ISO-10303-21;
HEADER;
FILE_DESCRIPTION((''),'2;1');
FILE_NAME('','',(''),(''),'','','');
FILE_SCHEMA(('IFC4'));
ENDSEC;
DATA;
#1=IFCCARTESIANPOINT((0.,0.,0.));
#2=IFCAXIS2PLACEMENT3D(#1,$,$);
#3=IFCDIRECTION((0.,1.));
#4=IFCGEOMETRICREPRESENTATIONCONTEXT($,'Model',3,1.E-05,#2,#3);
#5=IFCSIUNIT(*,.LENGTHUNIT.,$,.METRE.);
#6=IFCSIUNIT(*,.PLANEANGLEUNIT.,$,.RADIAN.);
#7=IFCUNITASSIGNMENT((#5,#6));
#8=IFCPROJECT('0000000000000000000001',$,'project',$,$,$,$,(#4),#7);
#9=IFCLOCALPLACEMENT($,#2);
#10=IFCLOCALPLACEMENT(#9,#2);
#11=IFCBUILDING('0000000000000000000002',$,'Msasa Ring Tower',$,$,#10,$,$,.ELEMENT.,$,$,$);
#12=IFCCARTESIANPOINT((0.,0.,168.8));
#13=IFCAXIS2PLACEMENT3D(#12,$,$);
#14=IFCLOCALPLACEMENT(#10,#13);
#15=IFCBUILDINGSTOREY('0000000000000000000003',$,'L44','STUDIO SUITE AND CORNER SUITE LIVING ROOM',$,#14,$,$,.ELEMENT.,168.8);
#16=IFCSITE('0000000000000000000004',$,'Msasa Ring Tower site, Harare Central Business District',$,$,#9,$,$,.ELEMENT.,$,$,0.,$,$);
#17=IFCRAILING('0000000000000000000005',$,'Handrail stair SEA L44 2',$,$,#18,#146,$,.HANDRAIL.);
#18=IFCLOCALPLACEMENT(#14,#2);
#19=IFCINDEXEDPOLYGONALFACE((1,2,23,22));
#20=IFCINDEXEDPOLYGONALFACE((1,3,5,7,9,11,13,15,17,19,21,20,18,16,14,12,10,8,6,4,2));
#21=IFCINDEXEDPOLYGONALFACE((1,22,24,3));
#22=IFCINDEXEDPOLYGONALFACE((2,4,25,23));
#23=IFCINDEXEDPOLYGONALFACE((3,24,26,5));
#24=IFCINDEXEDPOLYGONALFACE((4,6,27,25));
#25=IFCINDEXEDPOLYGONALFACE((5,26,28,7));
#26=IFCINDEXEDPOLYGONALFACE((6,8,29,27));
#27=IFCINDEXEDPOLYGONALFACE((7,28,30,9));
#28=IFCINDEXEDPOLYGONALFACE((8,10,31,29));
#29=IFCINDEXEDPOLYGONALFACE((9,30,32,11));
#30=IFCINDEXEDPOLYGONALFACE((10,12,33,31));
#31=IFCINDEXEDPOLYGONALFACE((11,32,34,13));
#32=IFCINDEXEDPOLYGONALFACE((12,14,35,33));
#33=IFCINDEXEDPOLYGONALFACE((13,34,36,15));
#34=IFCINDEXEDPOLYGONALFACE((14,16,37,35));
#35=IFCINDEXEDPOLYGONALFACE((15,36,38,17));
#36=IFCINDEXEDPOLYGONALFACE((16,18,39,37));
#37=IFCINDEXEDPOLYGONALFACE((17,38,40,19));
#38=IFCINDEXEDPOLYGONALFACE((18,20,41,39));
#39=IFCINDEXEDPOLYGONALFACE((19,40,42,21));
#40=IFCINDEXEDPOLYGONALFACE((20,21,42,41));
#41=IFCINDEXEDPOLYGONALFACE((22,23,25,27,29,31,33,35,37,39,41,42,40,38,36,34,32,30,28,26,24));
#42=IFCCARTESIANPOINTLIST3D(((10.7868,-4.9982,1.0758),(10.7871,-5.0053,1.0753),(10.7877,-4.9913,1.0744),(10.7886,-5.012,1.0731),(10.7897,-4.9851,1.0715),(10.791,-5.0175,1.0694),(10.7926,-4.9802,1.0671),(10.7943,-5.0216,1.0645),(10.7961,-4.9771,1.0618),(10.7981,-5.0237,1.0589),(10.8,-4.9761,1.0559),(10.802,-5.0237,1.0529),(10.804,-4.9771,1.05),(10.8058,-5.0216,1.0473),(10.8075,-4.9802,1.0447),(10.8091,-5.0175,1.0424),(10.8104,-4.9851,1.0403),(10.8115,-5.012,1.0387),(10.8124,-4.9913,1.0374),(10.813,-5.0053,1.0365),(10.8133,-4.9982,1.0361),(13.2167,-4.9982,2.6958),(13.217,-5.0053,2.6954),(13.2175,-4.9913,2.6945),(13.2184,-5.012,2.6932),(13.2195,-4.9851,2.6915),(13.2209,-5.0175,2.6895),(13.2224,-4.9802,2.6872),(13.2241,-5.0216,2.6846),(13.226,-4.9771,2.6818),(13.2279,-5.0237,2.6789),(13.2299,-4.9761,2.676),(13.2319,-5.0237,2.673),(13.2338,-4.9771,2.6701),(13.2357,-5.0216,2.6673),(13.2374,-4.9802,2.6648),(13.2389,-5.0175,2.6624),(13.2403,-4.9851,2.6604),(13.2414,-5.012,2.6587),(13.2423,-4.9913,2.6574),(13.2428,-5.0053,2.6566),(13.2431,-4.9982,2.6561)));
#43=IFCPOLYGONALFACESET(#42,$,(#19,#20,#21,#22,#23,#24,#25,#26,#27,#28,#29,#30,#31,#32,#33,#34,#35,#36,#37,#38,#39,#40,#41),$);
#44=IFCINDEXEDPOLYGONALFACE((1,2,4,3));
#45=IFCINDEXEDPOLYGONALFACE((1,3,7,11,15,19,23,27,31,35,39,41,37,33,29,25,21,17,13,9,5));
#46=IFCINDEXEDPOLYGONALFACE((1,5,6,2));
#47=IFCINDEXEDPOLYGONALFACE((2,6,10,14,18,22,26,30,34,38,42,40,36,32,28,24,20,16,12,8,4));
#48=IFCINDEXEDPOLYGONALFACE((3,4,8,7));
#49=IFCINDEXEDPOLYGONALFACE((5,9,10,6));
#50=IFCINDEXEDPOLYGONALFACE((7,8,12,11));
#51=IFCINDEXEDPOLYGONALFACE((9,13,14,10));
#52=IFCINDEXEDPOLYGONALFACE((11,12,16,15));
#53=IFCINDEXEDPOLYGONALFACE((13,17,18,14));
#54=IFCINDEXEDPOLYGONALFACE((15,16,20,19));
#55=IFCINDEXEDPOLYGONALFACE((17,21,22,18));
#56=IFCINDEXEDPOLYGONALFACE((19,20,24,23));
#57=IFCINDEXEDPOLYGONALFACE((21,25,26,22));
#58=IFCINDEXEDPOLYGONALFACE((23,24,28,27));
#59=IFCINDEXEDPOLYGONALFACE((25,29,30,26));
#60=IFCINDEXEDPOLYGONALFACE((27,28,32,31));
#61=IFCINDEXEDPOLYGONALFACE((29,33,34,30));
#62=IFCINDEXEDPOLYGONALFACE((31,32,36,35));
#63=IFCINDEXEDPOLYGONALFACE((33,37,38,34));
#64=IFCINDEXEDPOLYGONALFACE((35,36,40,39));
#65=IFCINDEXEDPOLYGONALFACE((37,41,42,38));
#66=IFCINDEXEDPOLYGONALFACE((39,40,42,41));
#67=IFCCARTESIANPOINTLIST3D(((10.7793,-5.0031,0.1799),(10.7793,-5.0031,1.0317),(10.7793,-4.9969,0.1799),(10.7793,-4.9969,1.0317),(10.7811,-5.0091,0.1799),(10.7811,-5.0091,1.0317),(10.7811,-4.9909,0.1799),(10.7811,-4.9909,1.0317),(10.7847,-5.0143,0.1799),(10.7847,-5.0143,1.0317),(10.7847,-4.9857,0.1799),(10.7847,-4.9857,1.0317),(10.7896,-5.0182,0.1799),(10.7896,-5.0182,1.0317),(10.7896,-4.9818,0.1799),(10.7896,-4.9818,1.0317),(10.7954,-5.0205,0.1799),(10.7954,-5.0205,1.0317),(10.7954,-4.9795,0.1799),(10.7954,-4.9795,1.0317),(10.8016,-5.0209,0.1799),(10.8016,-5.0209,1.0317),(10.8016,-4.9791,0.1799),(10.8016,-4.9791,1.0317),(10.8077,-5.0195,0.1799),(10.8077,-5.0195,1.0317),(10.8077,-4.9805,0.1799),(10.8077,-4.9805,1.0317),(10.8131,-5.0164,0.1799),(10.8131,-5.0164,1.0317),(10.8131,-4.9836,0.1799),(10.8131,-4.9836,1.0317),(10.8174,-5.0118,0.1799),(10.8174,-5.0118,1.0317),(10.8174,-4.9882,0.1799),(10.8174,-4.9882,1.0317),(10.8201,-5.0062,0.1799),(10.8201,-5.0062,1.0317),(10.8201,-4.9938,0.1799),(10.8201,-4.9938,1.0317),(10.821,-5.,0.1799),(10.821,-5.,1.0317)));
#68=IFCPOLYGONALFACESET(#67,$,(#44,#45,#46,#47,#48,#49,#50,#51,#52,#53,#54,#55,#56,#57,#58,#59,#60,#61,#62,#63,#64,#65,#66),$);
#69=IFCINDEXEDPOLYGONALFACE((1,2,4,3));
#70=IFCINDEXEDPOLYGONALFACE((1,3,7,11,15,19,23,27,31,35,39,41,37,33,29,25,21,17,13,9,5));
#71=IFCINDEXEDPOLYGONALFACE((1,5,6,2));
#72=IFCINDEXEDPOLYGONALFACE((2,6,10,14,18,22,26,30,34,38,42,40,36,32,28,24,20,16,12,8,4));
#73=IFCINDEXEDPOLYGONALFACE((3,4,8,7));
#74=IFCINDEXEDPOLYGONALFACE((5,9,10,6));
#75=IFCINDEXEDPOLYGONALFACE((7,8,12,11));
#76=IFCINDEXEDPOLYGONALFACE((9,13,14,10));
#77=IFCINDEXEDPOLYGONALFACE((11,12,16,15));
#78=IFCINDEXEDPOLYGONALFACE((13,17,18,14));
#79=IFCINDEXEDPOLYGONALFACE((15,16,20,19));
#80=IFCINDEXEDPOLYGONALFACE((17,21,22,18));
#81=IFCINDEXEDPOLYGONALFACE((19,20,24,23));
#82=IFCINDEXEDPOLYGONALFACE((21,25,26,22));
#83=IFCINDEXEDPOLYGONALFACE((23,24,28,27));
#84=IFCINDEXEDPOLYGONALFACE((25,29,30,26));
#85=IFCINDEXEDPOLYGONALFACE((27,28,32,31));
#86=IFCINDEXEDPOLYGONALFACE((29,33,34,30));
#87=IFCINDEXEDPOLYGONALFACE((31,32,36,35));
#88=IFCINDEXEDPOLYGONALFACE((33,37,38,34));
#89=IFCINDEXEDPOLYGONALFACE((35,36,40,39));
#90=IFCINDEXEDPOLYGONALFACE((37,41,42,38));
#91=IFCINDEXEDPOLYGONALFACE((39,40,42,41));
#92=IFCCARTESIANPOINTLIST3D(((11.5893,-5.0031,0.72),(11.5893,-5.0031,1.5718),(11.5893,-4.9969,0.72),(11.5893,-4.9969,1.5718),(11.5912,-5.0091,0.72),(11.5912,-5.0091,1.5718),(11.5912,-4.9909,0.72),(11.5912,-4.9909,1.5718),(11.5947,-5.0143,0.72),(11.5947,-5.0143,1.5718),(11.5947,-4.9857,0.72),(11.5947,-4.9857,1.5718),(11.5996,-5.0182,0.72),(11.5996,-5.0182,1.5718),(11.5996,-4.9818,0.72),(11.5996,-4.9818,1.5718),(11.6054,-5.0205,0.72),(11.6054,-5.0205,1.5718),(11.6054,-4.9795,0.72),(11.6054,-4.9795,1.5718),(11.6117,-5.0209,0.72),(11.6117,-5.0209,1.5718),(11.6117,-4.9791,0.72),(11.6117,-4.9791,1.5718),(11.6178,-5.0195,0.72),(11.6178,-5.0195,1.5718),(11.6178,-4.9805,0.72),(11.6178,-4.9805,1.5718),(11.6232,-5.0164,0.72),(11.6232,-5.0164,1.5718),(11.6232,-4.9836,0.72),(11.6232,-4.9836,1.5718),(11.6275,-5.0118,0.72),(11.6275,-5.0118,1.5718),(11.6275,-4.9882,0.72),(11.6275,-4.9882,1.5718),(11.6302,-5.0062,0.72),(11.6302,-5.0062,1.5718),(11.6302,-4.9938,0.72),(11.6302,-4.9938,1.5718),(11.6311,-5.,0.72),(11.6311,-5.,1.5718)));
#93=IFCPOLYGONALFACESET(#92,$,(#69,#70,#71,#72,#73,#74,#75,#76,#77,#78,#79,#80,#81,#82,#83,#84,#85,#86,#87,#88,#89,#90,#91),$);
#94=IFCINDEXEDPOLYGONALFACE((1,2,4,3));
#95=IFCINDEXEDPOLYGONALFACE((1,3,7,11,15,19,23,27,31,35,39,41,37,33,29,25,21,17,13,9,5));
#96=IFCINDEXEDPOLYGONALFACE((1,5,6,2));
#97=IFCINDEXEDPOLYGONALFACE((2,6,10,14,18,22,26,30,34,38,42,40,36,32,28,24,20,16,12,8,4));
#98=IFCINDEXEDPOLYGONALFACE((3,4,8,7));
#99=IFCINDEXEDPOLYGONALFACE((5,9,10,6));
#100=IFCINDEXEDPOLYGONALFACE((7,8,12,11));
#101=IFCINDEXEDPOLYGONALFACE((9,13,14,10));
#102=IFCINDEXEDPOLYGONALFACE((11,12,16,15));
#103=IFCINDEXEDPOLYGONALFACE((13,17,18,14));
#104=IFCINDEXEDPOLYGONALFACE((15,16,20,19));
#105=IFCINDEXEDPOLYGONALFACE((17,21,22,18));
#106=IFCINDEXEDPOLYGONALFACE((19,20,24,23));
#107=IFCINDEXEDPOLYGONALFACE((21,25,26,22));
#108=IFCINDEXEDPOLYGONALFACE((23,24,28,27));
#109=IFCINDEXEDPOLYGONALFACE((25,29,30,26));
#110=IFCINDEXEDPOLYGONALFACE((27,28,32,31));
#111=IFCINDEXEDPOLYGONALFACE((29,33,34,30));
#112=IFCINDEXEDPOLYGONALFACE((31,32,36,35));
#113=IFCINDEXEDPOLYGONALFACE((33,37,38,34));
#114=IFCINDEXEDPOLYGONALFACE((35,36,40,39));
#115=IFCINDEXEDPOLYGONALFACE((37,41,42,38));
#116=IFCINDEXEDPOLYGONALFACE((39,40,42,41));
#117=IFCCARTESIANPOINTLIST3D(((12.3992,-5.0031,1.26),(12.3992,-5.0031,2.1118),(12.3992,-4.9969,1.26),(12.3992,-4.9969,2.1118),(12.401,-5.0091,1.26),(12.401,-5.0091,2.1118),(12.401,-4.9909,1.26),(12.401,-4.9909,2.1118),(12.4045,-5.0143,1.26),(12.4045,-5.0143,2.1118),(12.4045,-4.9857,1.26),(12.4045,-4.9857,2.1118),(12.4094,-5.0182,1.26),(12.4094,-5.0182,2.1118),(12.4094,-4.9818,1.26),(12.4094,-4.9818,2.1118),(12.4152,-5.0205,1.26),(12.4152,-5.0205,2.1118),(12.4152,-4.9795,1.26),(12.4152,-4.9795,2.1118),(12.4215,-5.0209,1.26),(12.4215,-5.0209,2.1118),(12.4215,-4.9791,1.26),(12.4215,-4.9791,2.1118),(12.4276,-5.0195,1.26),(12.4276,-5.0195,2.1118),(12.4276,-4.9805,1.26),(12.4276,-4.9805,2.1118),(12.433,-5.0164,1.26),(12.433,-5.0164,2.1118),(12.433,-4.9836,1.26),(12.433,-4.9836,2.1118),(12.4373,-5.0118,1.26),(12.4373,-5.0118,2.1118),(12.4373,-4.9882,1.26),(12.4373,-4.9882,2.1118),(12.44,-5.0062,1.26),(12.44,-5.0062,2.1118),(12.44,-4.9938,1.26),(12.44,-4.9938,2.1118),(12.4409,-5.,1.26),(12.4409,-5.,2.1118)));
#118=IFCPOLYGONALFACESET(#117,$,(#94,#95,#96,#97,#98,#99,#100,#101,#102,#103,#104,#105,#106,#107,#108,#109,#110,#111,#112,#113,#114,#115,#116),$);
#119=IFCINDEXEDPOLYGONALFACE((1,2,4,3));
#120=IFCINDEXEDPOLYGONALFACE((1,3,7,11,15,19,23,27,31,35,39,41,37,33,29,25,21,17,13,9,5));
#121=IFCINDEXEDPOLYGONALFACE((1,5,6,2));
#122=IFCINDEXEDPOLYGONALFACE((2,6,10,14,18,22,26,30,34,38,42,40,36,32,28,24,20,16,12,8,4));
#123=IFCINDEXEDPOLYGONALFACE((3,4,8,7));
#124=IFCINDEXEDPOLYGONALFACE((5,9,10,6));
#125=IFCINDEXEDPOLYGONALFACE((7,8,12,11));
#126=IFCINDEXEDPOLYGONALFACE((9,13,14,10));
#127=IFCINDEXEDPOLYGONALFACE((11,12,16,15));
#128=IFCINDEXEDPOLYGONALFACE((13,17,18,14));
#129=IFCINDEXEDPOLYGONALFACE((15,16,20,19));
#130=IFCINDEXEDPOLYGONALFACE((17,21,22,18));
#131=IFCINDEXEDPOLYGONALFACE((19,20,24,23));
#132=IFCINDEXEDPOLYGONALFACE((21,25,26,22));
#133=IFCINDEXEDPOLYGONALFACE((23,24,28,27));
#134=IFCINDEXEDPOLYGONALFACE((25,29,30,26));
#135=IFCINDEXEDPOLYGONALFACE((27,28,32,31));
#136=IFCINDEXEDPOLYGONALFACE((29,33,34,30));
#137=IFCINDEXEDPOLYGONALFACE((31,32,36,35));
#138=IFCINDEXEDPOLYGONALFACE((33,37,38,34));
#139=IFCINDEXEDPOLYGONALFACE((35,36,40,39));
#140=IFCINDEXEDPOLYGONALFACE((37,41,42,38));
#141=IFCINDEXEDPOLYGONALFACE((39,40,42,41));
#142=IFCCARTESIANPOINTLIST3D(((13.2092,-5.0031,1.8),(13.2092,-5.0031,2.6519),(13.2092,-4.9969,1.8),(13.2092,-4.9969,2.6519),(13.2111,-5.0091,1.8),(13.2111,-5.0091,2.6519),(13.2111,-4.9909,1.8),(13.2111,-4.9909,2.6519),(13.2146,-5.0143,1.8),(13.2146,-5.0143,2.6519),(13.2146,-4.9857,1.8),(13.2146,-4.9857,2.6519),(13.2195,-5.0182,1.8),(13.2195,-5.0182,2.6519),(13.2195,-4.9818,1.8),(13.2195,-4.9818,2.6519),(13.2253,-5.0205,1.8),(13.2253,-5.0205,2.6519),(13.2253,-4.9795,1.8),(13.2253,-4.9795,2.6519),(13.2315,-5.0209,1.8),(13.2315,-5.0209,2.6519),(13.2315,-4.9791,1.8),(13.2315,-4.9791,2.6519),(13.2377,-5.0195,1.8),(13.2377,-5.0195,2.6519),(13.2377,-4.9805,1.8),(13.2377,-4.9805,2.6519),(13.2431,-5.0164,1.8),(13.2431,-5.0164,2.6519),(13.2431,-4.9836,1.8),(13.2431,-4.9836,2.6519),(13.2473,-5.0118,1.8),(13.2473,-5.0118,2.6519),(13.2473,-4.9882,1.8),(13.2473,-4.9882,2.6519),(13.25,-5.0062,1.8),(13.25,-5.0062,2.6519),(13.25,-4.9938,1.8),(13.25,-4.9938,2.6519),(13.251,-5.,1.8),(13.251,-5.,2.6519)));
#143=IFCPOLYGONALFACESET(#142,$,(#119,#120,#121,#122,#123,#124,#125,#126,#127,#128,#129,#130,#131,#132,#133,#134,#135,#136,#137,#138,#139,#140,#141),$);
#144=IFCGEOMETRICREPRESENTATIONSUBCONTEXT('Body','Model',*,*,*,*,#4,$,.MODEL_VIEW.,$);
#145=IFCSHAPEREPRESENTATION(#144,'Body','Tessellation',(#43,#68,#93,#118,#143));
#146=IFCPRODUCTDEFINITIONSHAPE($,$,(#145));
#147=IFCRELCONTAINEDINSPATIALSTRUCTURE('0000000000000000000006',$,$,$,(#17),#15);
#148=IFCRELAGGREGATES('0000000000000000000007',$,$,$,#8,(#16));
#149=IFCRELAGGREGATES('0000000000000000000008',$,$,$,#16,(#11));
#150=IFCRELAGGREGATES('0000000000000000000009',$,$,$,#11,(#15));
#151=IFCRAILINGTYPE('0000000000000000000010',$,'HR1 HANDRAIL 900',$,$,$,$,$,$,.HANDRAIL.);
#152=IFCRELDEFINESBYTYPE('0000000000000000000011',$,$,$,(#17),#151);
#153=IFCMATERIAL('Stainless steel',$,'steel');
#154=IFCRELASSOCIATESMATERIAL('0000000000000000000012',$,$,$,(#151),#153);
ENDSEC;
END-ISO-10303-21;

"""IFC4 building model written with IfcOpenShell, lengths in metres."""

from ifc_helpers import new_model, si_unit, direction, frame, origin, origin_2d, place, context, subcontext, project, spatial, circle, extrude, material, type_object, element, save


model = new_model("IFC4")

# Units and contexts
model_context = context("Model", 3, precision=1e-05, world=origin(), true_north=direction((0.0, 1.0)))
body_context = subcontext(model_context, "Body", "Model", "MODEL_VIEW")
ifc_project = project(units=[si_unit("LENGTHUNIT", "METRE"), si_unit("PLANEANGLEUNIT", "RADIAN")], contexts=[model_context])

# Site, building, storey
site_placement = place(None, origin())
site = spatial("IfcSite", under=ifc_project, at=site_placement, Name="Msasa Ring Tower site, Harare Central Business District", CompositionType="ELEMENT", RefElevation=0.0)
building_placement = place(site_placement, origin())
building = spatial("IfcBuilding", under=site, at=building_placement, Name="Msasa Ring Tower", CompositionType="ELEMENT")
storey_placement = place(building_placement, frame((0.0, 0.0, 168.8)))
storey = spatial("IfcBuildingStorey", under=building, at=storey_placement, Name="L44", Description="STUDIO SUITE AND CORNER SUITE LIVING ROOM", CompositionType="ELEMENT", Elevation=168.8)

# Railing
ifc_material_1 = material(Name="Stainless steel", Category="steel")
railing_type = type_object("IfcRailingType", Name="HR1 HANDRAIL 900", PredefinedType="HANDRAIL", material=ifc_material_1)
for number, where, name in (
    (1, (10.8, -5.0, 0.1799), "Handrail stair SEA L44 2"),
):
    element("IfcRailing", number, at=place(storey_placement, frame(where)), inside=storey, type_object=railing_type, Name=name, PredefinedType="HANDRAIL", context=body_context, shape_type="SweptSolid", body=[
        extrude(circle(Radius=0.0239, at=origin_2d()), frame((0.0, 0.0, 0.876), z_axis=(0.832025, 0.0, 0.554739), x_axis=(0.0, 1.0, 0.0)), (0.0, 0.0, 1.0), 2.9204),
        extrude(circle(Radius=0.021, at=origin_2d()), origin(), (0.0, 0.0, 1.0), 0.8518),
        extrude(circle(Radius=0.021, at=origin_2d()), frame((0.8101, 0.0, 0.54)), (0.0, 0.0, 1.0), 0.8518),
        extrude(circle(Radius=0.021, at=origin_2d()), frame((1.6199, 0.0, 1.0801)), (0.0, 0.0, 1.0), 0.8518),
        extrude(circle(Radius=0.021, at=origin_2d()), frame((2.4299, 0.0, 1.6201)), (0.0, 0.0, 1.0), 0.8518),
    ])

save(model, "model.ifc")
